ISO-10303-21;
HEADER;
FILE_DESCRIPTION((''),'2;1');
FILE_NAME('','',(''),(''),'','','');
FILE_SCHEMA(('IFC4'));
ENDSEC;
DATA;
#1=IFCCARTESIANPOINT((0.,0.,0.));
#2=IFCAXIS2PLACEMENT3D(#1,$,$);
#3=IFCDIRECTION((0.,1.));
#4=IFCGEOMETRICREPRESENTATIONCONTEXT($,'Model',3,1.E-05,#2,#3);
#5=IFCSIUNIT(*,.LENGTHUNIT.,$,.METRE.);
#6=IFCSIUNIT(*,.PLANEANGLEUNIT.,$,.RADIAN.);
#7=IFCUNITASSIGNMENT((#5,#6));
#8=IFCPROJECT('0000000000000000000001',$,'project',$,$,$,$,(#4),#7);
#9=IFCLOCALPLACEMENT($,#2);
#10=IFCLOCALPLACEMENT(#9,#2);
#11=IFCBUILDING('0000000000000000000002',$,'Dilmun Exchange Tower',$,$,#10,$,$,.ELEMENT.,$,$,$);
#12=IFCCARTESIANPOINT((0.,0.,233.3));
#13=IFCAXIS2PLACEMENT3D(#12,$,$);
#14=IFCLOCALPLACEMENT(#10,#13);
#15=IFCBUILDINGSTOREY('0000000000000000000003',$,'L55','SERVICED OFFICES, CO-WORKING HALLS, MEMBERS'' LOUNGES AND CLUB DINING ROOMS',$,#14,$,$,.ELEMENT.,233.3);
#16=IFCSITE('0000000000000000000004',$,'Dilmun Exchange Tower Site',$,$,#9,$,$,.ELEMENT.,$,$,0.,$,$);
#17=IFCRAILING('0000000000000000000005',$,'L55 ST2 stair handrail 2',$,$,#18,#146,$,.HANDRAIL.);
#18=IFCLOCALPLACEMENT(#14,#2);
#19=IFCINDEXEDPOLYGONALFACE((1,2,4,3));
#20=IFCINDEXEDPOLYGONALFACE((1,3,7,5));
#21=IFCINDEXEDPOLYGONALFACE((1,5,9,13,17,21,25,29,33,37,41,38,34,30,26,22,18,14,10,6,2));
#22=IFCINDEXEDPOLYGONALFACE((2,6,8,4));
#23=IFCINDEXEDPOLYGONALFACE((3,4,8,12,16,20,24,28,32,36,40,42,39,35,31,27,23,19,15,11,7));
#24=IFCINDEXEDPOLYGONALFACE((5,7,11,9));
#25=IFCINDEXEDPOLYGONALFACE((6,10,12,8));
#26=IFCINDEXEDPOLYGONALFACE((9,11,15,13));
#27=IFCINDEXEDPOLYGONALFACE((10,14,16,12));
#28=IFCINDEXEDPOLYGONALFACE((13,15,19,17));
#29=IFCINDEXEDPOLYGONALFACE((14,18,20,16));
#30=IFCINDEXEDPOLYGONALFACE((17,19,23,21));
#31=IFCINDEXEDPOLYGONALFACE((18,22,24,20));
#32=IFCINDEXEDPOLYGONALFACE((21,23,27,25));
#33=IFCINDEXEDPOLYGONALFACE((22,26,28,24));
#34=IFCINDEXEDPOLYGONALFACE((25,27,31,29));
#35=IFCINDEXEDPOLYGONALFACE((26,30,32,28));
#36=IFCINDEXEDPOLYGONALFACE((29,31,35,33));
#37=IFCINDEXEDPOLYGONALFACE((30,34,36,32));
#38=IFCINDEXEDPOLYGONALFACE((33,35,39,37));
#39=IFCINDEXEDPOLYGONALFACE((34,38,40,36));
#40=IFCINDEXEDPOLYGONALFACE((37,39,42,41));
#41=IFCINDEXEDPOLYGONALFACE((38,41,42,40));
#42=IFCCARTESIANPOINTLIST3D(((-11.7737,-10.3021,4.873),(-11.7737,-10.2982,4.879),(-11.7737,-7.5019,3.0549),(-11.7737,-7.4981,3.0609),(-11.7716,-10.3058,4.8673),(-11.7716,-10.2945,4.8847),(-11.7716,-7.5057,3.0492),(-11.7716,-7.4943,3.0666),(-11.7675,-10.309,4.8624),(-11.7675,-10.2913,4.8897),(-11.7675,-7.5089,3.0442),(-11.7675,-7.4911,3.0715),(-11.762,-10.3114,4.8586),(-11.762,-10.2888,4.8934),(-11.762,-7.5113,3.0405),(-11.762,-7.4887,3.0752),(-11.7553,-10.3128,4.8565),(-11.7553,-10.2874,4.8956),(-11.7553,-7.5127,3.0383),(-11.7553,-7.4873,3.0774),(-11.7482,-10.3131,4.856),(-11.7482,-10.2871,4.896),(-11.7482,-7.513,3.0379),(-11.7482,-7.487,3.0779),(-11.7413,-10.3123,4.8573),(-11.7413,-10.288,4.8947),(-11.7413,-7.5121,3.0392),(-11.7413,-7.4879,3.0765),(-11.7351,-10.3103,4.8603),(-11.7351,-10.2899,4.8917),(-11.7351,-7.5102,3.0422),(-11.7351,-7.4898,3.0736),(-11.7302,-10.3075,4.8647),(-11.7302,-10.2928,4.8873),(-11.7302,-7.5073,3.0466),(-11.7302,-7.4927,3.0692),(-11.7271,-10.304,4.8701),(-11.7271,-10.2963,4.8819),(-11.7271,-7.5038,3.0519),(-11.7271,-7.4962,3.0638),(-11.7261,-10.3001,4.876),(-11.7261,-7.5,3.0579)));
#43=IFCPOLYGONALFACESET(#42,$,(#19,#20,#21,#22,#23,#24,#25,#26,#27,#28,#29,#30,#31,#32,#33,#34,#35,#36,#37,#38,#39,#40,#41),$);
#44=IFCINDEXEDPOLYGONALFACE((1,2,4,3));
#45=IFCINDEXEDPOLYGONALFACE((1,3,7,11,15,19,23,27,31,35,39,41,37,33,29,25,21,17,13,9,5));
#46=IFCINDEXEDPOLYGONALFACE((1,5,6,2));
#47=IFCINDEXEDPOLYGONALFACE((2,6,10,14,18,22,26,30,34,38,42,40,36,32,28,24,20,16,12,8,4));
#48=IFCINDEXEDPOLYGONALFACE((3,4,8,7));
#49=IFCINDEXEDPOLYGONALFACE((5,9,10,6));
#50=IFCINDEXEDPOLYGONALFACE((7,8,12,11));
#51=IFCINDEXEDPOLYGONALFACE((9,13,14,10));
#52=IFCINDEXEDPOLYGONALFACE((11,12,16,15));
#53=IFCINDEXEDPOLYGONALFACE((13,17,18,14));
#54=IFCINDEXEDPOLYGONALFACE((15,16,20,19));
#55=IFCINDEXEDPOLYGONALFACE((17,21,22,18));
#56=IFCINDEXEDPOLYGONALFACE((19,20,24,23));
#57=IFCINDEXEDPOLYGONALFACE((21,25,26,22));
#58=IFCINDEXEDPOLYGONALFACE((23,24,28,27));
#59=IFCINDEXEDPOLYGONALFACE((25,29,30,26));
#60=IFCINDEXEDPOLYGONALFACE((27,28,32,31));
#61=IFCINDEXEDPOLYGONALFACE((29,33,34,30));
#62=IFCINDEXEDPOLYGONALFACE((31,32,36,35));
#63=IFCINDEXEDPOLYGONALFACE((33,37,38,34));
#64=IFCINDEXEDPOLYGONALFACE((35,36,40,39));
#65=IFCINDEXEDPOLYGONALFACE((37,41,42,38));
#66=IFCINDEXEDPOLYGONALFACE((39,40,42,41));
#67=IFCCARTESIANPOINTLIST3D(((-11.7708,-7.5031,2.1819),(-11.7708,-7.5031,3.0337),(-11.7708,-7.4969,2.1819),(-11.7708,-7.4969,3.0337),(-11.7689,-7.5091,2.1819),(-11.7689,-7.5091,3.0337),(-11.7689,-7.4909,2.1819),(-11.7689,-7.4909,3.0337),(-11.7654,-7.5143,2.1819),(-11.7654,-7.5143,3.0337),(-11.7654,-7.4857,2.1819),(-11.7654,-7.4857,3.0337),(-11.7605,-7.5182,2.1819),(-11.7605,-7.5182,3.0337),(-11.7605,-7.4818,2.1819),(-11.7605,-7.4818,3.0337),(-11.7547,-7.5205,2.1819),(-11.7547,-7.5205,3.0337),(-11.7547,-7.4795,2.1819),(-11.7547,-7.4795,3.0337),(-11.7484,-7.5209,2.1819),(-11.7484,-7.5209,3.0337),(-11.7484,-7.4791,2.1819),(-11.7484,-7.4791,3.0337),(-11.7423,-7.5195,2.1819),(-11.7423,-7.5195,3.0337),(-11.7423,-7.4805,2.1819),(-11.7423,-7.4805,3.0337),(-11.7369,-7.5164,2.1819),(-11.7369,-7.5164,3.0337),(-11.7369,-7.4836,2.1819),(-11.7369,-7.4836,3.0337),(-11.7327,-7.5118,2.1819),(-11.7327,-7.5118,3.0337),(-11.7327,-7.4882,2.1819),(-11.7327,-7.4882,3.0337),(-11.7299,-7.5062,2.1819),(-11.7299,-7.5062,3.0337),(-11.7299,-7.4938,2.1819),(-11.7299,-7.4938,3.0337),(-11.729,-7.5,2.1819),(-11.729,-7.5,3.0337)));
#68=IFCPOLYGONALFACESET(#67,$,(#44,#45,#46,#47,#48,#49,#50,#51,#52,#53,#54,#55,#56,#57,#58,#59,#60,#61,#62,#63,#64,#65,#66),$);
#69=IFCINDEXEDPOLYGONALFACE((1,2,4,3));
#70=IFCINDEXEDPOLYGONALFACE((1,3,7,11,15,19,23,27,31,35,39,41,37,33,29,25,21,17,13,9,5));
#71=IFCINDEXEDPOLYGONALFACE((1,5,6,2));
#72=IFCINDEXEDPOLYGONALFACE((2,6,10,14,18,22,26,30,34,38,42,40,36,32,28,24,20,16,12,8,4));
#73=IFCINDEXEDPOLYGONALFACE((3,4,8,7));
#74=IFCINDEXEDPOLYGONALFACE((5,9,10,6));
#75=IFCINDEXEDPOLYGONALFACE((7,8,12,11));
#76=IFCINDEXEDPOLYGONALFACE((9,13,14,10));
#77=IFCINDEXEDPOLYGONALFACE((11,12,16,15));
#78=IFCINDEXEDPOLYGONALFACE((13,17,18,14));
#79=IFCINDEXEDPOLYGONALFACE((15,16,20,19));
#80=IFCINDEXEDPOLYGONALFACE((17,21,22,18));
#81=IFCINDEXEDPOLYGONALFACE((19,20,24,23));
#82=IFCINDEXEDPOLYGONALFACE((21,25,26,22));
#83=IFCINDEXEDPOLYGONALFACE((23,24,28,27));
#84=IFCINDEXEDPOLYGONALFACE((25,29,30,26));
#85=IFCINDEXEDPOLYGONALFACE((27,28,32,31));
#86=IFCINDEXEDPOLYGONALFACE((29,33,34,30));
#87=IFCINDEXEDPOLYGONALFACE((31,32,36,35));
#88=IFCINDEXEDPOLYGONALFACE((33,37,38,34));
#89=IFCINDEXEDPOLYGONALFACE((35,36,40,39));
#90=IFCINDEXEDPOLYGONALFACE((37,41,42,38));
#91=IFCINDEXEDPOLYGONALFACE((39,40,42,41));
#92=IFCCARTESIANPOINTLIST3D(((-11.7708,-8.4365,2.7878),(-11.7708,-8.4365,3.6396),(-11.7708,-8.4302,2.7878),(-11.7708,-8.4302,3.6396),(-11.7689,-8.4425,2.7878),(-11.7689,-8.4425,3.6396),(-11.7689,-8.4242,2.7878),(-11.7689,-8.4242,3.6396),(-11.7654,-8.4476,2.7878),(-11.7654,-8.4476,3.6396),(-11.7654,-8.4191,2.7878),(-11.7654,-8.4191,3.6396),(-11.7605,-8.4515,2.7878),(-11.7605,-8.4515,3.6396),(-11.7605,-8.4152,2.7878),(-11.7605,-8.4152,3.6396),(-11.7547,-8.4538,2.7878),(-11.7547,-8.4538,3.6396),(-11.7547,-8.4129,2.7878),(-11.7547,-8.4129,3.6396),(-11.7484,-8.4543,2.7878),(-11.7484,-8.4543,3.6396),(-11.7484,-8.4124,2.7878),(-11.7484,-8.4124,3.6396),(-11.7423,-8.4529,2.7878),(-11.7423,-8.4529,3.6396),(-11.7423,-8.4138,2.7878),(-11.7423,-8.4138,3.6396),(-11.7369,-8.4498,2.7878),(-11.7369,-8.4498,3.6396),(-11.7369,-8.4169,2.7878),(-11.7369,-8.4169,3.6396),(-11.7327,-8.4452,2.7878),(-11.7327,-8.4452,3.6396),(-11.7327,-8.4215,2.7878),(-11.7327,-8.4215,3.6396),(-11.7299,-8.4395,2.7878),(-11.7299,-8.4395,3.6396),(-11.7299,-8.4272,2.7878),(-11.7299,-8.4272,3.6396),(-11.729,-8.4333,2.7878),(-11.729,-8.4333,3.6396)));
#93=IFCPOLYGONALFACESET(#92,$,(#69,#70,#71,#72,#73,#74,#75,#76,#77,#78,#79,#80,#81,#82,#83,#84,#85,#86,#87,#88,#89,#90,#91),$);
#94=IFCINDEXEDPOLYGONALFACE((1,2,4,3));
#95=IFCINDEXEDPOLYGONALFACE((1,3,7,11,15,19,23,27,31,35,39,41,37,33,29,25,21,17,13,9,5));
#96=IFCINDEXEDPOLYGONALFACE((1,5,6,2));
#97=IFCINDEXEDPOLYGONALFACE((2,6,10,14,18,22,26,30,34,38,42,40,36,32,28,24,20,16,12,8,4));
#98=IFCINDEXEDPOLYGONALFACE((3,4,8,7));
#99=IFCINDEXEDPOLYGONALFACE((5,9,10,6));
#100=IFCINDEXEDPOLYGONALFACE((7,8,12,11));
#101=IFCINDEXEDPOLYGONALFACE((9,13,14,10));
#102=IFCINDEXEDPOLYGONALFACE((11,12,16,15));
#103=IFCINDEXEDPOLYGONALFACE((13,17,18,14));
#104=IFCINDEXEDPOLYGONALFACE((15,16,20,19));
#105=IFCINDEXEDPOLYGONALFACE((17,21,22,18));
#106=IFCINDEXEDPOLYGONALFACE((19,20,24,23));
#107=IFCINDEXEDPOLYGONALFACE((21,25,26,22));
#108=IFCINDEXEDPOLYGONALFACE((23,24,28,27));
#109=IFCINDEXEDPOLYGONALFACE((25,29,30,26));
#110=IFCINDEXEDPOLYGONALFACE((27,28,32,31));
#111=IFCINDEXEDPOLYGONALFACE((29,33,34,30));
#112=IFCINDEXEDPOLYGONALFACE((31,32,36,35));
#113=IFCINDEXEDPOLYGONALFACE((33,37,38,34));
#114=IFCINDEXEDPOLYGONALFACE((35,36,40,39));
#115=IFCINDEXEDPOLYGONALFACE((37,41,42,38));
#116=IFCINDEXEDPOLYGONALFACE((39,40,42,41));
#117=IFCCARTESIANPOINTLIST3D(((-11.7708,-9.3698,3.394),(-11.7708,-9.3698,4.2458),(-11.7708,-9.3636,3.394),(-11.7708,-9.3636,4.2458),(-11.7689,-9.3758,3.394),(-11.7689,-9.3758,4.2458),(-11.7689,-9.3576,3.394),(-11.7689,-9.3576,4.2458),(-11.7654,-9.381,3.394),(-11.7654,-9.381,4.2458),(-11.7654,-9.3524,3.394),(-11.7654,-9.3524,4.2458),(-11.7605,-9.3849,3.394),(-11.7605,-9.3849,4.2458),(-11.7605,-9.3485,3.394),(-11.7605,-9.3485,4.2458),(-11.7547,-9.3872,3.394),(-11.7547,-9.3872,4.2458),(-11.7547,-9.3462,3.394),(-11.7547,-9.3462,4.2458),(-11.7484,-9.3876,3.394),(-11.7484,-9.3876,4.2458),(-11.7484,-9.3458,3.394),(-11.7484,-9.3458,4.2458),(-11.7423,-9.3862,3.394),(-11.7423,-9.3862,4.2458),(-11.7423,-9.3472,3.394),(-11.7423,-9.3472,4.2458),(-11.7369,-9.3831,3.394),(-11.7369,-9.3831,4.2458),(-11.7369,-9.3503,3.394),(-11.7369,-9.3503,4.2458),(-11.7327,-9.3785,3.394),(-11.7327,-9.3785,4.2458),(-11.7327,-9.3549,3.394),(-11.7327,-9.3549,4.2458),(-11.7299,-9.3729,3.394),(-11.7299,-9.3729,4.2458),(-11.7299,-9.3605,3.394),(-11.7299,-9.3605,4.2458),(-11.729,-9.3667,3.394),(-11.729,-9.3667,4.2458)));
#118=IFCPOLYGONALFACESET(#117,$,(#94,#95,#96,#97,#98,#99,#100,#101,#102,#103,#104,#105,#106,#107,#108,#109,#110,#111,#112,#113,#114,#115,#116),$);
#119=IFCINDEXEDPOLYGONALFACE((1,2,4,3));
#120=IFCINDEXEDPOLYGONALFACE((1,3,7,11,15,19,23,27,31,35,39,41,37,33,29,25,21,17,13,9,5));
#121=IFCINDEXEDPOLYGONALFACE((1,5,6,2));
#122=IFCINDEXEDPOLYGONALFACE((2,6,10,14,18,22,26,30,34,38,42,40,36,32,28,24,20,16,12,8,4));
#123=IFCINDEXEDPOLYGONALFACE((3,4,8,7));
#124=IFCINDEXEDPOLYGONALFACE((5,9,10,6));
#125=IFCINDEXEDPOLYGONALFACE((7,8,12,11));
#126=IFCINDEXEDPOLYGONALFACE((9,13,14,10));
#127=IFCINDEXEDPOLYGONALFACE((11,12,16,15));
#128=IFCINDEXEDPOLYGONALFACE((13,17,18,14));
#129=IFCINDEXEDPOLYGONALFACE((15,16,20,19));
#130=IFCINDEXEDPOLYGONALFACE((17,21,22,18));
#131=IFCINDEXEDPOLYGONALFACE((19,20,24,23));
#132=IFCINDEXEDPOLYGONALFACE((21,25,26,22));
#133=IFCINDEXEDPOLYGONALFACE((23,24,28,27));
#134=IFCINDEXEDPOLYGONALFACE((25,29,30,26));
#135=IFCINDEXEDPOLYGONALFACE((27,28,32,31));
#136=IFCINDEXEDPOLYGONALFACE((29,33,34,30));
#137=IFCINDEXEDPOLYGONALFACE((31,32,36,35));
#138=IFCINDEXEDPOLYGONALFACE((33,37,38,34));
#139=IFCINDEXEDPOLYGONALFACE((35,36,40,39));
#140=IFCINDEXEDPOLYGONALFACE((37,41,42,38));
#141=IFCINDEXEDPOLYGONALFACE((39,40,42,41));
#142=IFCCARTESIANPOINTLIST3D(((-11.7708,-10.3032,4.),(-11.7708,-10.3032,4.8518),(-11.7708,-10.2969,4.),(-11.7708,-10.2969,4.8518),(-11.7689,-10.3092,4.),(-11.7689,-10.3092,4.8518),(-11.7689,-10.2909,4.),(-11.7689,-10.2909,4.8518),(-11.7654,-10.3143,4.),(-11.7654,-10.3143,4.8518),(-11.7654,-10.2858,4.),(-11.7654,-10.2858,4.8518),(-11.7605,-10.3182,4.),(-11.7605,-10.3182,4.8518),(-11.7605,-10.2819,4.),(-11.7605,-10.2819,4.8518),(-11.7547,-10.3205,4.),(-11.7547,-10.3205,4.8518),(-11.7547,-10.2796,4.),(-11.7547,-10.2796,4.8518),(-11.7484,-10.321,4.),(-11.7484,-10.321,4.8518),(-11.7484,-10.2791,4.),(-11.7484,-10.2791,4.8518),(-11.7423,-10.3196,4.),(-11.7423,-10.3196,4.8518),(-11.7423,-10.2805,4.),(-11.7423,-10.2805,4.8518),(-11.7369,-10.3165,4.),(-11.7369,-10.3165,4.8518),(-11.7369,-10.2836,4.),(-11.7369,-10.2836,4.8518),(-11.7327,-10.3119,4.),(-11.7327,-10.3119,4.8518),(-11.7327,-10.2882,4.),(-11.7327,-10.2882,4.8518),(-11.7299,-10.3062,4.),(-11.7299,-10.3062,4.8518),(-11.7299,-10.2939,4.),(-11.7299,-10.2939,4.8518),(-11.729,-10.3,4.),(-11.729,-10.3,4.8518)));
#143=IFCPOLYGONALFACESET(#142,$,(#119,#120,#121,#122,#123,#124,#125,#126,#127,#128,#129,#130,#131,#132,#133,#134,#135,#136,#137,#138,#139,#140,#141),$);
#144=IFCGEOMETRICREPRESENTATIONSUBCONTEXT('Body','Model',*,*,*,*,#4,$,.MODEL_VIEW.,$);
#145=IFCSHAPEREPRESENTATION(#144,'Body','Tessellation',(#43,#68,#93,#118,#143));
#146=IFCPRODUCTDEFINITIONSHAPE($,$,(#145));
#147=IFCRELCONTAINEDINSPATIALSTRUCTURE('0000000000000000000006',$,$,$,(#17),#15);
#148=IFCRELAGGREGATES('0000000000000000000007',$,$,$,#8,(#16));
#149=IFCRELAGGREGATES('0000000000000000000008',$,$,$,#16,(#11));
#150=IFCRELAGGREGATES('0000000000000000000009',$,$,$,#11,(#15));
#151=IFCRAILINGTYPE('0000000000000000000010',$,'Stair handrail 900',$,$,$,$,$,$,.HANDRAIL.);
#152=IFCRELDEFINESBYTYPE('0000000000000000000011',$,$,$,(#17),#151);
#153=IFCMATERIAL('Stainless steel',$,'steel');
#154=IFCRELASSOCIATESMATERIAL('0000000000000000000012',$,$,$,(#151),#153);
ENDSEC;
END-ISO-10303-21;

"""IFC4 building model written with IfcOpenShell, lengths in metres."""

from ifc_helpers import new_model, si_unit, direction, frame, origin, origin_2d, place, context, subcontext, project, spatial, circle, extrude, material, type_object, element, save


model = new_model("IFC4")

# Units and contexts
model_context = context("Model", 3, precision=1e-05, world=origin(), true_north=direction((0.0, 1.0)))
body_context = subcontext(model_context, "Body", "Model", "MODEL_VIEW")
ifc_project = project(units=[si_unit("LENGTHUNIT", "METRE"), si_unit("PLANEANGLEUNIT", "RADIAN")], contexts=[model_context])

# Site, building, storey
site_placement = place(None, origin())
site = spatial("IfcSite", under=ifc_project, at=site_placement, Name="Dilmun Exchange Tower Site", CompositionType="ELEMENT", RefElevation=0.0)
building_placement = place(site_placement, origin())
building = spatial("IfcBuilding", under=site, at=building_placement, Name="Dilmun Exchange Tower", CompositionType="ELEMENT")
storey_placement = place(building_placement, frame((0.0, 0.0, 233.3)))
storey = spatial("IfcBuildingStorey", under=building, at=storey_placement, Name="L55", Description="SERVICED OFFICES, CO-WORKING HALLS, MEMBERS' LOUNGES AND CLUB DINING ROOMS", CompositionType="ELEMENT", Elevation=233.3)

# Railing
ifc_material_1 = material(Name="Stainless steel", Category="steel")
railing_type = type_object("IfcRailingType", Name="Stair handrail 900", PredefinedType="HANDRAIL", material=ifc_material_1)
railing_1_placement = place(storey_placement, frame((-11.75, -7.5, 2.1819)))
element("IfcRailing", 1, at=railing_1_placement, inside=storey, type_object=railing_type, Name="L55 ST2 stair handrail 2", PredefinedType="HANDRAIL", context=body_context, shape_type="SweptSolid", body=[
    extrude(circle(Radius=0.0239, at=origin_2d()), frame((0.0, 0.0, 0.876), z_axis=(0.0, -0.838706, 0.544585), x_axis=(1.0, 0.0, 0.0)), (0.0, 0.0, 1.0), 3.3386),
    extrude(circle(Radius=0.021, at=origin_2d()), origin(), (0.0, 0.0, 1.0), 0.8518),
    extrude(circle(Radius=0.021, at=origin_2d()), frame((0.0, -0.9333, 0.606)), (0.0, 0.0, 1.0), 0.8518),
    extrude(circle(Radius=0.021, at=origin_2d()), frame((0.0, -1.8667, 1.2122)), (0.0, 0.0, 1.0), 0.8518),
    extrude(circle(Radius=0.021, at=origin_2d()), frame((0.0, -2.8, 1.8181)), (0.0, 0.0, 1.0), 0.8518),
])

save(model, "model.ifc")
